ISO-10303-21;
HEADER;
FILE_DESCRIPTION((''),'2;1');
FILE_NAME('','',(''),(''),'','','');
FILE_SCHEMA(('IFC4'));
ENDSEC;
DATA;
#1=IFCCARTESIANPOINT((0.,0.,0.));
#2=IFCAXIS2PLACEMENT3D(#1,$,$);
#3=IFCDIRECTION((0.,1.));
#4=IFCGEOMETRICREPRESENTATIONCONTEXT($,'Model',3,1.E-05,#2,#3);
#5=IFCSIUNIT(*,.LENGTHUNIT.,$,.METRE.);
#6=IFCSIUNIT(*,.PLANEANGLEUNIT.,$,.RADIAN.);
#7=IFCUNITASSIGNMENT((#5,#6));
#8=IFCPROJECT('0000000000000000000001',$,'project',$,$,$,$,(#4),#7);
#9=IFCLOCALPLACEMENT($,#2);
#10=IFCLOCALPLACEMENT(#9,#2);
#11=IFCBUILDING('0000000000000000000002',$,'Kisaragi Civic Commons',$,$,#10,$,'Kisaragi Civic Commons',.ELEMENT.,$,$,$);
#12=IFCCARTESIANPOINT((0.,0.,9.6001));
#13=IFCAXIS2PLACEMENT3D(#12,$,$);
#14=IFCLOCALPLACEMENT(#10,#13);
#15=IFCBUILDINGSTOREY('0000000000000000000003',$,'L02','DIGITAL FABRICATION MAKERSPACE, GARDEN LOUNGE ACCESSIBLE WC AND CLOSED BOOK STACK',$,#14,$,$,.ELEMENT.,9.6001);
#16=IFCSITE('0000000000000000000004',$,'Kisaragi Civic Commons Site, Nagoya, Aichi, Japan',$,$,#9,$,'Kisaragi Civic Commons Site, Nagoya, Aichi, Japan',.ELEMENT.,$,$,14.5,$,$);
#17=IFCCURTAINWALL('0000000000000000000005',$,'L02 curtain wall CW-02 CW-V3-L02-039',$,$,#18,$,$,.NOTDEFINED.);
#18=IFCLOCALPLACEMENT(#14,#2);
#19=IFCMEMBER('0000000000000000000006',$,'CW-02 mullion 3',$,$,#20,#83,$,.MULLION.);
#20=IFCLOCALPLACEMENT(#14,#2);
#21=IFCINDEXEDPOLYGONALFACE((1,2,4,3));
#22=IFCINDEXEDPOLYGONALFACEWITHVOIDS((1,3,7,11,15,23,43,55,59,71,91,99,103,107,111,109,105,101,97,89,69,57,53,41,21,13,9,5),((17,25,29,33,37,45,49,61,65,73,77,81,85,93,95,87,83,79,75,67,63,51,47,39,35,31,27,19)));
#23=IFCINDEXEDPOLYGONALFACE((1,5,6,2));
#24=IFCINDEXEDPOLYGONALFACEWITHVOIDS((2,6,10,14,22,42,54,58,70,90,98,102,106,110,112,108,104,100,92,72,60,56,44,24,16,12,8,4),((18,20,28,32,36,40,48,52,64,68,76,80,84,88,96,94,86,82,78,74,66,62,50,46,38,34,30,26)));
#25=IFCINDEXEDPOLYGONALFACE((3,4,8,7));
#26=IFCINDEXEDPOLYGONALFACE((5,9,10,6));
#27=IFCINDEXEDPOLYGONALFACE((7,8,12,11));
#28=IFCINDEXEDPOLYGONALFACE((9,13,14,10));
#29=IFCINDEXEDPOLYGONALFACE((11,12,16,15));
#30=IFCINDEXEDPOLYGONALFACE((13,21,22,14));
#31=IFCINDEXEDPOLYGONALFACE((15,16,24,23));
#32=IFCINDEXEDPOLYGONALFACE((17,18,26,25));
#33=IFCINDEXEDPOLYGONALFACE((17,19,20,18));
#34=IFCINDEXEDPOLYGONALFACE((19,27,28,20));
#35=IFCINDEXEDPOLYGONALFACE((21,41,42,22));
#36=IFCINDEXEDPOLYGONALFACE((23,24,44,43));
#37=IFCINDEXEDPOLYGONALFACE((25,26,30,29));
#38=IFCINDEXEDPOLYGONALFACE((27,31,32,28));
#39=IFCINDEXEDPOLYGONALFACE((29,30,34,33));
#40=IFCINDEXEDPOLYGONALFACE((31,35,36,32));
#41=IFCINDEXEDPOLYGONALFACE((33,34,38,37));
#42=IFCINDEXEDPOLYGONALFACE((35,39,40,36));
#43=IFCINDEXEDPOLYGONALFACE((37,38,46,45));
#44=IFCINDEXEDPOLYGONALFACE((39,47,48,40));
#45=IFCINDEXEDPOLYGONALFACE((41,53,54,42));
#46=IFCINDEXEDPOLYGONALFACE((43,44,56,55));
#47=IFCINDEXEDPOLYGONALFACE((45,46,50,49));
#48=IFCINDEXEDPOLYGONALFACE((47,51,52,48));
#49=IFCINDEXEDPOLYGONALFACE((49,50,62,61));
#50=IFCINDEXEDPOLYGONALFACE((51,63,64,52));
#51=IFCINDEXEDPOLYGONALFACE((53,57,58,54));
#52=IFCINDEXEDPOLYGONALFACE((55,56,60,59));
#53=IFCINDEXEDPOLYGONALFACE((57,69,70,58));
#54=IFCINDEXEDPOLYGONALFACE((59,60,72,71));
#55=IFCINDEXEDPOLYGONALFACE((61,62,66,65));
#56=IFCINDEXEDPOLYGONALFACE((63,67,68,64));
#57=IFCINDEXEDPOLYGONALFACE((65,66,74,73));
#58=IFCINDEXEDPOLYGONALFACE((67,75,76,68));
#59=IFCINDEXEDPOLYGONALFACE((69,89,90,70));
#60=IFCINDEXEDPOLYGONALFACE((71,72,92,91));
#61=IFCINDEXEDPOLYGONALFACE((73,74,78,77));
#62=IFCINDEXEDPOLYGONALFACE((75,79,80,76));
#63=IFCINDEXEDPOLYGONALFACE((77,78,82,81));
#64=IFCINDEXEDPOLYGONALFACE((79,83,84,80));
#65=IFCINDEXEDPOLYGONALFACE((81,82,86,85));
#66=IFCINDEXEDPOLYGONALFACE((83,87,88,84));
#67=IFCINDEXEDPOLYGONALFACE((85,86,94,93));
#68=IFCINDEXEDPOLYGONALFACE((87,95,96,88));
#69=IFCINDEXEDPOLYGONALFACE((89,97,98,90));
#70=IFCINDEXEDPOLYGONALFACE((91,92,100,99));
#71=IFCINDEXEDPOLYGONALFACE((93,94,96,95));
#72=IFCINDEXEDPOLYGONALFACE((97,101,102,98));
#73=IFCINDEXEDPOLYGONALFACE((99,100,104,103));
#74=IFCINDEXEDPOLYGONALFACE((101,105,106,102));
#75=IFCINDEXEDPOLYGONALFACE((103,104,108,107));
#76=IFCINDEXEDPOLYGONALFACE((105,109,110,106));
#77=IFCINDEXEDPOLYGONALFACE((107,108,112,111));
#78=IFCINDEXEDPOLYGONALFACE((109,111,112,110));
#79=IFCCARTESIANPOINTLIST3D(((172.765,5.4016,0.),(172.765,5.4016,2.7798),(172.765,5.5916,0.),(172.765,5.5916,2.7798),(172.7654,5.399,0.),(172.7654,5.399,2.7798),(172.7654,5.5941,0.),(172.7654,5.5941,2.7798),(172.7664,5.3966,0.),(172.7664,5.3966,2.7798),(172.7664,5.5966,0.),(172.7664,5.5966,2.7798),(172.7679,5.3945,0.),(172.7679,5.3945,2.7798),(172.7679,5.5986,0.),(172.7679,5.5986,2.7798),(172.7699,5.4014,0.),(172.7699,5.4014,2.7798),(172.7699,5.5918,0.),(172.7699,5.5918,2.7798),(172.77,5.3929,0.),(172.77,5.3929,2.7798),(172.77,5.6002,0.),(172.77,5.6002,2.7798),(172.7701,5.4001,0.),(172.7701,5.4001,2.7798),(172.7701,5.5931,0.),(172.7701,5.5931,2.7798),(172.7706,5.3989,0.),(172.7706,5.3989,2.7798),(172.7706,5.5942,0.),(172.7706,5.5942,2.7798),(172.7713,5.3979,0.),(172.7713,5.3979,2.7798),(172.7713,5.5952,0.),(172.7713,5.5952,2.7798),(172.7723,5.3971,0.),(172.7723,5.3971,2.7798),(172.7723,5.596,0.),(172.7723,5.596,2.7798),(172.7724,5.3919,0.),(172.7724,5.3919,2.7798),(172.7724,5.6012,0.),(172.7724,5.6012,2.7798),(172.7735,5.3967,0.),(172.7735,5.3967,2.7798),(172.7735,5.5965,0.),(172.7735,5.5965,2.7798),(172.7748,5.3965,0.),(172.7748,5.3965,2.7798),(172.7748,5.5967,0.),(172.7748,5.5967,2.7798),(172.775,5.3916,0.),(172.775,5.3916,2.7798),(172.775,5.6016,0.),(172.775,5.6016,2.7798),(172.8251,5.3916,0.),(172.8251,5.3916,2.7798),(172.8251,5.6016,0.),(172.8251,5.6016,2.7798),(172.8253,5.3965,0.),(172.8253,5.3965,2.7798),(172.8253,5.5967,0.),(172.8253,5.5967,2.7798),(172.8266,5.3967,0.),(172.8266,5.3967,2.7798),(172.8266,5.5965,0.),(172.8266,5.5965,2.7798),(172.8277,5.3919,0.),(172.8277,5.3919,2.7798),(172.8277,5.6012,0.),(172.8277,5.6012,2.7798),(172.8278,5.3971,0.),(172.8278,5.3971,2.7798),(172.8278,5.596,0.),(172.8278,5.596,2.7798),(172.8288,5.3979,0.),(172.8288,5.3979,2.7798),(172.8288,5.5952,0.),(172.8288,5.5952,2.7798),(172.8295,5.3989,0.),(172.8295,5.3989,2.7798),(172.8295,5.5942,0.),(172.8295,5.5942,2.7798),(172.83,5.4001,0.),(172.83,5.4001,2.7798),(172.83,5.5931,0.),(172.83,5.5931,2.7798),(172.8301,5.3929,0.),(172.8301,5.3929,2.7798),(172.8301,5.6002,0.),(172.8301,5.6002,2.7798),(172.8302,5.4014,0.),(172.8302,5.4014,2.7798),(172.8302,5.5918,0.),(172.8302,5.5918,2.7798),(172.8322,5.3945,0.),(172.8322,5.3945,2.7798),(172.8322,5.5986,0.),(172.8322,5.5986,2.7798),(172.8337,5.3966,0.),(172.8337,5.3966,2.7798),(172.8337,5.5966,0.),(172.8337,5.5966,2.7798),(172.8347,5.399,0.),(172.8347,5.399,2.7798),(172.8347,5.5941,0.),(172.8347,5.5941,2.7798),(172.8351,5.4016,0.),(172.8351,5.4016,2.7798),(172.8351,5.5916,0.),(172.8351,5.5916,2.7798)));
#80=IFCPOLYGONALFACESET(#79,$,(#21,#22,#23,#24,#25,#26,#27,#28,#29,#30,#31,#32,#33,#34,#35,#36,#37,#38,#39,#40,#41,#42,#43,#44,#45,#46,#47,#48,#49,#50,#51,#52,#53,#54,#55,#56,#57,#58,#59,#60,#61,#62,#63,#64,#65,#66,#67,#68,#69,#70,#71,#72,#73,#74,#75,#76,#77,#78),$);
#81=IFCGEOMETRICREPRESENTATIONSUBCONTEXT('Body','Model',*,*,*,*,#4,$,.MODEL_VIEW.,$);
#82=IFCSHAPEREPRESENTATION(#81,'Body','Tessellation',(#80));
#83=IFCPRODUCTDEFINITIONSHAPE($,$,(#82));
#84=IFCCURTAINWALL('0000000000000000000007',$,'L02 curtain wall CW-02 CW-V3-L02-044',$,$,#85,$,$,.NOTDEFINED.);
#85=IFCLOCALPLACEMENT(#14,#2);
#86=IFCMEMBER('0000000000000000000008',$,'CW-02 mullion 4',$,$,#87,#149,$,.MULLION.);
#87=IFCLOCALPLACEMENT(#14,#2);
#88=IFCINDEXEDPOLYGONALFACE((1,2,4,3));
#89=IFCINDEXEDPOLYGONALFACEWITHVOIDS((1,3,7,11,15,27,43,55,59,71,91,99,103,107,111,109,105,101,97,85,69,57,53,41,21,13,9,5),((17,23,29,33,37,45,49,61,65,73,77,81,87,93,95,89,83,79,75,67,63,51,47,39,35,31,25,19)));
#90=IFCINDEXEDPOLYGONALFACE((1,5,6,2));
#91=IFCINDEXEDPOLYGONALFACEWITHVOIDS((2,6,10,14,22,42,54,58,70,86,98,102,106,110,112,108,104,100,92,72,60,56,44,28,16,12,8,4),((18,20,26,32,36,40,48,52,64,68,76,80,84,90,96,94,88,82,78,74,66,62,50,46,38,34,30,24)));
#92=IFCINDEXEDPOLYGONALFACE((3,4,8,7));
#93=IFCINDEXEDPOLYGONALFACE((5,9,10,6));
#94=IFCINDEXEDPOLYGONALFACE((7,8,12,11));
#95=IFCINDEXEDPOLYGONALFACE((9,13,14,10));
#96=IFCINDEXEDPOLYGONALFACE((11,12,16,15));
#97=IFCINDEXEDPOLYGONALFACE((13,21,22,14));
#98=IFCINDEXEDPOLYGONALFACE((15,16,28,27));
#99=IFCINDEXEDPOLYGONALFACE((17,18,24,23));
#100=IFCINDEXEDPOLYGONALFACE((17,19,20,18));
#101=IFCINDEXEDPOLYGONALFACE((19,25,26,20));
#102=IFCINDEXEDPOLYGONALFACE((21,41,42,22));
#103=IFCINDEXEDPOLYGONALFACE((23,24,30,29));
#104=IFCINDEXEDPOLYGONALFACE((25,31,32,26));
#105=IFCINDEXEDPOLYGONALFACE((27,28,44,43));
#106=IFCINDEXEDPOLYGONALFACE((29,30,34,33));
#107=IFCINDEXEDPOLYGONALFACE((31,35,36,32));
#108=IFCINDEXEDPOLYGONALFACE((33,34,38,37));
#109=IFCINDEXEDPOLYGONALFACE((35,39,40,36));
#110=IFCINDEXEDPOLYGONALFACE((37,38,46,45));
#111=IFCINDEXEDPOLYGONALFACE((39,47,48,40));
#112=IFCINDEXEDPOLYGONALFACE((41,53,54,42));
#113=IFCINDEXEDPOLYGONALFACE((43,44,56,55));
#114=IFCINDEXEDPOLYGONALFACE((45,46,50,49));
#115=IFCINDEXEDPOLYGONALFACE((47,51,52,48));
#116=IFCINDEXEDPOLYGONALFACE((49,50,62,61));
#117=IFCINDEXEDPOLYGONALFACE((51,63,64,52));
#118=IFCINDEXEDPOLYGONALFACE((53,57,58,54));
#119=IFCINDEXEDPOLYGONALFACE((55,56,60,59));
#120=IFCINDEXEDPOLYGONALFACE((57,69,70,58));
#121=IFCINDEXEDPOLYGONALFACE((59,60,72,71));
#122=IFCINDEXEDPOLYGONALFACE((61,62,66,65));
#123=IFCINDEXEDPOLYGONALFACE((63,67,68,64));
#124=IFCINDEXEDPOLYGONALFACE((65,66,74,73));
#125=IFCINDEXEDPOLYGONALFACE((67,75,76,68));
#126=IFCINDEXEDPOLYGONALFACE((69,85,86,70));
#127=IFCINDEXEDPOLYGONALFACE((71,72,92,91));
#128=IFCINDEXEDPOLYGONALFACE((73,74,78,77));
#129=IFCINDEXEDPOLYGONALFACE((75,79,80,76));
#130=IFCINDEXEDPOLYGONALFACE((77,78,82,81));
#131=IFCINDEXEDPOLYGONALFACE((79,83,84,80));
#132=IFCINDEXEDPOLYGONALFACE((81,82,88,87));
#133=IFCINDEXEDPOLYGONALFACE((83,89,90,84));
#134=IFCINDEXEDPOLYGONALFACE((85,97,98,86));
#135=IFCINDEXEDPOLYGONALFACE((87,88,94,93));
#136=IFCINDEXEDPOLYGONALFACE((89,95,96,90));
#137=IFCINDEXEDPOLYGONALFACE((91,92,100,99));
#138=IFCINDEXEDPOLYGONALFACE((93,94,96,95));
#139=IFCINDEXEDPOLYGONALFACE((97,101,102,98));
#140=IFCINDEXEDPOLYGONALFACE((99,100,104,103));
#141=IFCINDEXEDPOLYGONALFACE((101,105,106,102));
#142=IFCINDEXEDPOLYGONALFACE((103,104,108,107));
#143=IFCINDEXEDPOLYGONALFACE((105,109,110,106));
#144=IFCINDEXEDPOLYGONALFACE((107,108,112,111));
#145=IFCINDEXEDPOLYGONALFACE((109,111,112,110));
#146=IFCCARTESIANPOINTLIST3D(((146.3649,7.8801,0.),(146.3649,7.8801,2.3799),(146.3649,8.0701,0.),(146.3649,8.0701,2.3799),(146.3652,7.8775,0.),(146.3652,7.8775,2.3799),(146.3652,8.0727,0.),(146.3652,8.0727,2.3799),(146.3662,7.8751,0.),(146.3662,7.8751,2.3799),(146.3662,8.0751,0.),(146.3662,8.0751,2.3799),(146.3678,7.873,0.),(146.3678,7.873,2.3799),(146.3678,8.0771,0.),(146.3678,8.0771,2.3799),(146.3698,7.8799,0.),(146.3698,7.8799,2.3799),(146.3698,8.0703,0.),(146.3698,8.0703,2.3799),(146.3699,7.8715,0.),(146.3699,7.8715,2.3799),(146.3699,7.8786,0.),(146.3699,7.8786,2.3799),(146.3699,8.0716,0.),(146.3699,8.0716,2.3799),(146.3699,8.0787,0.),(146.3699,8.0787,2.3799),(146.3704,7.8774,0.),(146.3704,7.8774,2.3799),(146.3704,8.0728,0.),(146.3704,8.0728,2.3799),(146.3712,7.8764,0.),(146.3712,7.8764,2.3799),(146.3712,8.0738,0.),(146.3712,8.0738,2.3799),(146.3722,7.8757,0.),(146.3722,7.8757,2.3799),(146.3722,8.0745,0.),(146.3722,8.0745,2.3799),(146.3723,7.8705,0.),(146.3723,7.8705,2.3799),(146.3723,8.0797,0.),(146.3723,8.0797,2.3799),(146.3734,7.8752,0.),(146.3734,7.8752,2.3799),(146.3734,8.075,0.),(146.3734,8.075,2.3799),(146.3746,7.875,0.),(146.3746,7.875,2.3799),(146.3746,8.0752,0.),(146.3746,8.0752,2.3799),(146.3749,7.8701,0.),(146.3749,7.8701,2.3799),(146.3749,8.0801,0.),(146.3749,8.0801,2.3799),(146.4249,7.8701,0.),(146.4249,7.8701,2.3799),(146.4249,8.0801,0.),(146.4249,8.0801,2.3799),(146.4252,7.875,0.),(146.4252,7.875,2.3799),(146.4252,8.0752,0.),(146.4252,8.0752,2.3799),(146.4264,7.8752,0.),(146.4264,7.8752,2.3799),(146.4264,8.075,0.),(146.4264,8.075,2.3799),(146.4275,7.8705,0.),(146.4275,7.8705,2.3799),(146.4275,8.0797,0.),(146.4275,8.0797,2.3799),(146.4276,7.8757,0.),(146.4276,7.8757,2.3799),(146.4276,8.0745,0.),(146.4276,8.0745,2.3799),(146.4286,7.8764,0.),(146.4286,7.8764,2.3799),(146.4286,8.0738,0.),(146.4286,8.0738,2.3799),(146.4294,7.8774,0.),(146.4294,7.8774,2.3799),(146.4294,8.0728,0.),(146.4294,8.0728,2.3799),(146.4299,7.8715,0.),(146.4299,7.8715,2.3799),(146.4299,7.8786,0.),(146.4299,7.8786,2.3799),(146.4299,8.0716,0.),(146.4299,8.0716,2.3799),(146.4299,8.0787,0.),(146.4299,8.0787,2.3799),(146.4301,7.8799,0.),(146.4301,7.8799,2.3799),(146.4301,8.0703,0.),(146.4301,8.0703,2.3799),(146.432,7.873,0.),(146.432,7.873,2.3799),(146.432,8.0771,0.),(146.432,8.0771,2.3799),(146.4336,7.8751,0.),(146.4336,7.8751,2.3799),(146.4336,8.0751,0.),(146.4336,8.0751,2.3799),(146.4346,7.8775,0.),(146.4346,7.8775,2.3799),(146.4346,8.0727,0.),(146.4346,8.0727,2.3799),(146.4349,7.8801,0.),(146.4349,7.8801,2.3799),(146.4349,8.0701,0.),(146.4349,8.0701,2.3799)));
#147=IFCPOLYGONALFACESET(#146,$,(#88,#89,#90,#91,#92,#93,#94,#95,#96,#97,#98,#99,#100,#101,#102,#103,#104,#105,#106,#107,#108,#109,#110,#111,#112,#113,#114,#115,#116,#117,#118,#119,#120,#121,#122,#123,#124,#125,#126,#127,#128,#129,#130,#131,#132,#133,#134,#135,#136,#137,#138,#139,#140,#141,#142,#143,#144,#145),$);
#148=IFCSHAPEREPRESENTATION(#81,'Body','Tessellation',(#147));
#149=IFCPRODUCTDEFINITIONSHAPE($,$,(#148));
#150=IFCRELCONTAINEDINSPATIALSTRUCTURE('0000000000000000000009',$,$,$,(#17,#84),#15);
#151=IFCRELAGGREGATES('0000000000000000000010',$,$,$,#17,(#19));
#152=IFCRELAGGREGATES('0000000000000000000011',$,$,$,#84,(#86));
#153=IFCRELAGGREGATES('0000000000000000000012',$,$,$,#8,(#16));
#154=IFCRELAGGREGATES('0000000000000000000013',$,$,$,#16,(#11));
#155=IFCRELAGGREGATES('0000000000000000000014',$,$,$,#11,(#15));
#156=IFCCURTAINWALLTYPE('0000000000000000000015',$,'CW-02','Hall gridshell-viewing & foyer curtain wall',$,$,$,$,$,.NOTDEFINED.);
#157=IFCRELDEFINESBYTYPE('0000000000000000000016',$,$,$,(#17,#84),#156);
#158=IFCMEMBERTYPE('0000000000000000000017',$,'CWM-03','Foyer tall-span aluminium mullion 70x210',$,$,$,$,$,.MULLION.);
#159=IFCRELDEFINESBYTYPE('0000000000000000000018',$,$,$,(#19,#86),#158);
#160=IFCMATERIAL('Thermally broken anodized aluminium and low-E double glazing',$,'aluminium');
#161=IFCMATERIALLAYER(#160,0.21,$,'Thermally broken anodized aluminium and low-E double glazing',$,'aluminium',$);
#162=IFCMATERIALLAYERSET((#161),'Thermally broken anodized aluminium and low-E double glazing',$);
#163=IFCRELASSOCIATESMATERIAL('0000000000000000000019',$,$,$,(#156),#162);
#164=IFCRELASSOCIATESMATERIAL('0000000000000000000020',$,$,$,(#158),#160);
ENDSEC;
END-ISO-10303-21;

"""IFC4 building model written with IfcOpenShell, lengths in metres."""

from ifc_helpers import new_model, si_unit, direction, frame, origin, origin_2d, place, context, subcontext, project, spatial, hollow_rectangle, extrude, material, layer, layer_set, material_profile, profile_set, type_object, element, aggregate, save


model = new_model("IFC4")

# Units and contexts
model_context = context("Model", 3, precision=1e-05, world=origin(), true_north=direction((0.0, 1.0)))
body_context = subcontext(model_context, "Body", "Model", "MODEL_VIEW")
ifc_project = project(units=[si_unit("LENGTHUNIT", "METRE"), si_unit("PLANEANGLEUNIT", "RADIAN")], contexts=[model_context])

# Site, building, storey
site_placement = place(None, origin())
site = spatial("IfcSite", under=ifc_project, at=site_placement, Name="Kisaragi Civic Commons Site, Nagoya, Aichi, Japan", LongName="Kisaragi Civic Commons Site, Nagoya, Aichi, Japan", CompositionType="ELEMENT", RefElevation=14.5)
building_placement = place(site_placement, origin())
building = spatial("IfcBuilding", under=site, at=building_placement, Name="Kisaragi Civic Commons", LongName="Kisaragi Civic Commons", CompositionType="ELEMENT")
storey_placement = place(building_placement, frame((0.0, 0.0, 9.6001)))
storey = spatial("IfcBuildingStorey", under=building, at=storey_placement, Name="L02", Description="DIGITAL FABRICATION MAKERSPACE, GARDEN LOUNGE ACCESSIBLE WC AND CLOSED BOOK STACK", CompositionType="ELEMENT", Elevation=9.6001)

# Curtain wall, member
ifc_material_1 = material(Name="Thermally broken anodized aluminium and low-E double glazing", Category="aluminium")
ifc_layer_1 = layer(ifc_material_1, 0.21, Name="Thermally broken anodized aluminium and low-E double glazing", Category="aluminium")
ifc_layer_set_1 = layer_set([ifc_layer_1], Name="Thermally broken anodized aluminium and low-E double glazing")
curtain_wall_type = type_object("IfcCurtainWallType", Name="CW-02", Description="Hall gridshell-viewing & foyer curtain wall", PredefinedType="NOTDEFINED", material=ifc_layer_set_1)
curtain_wall_1_placement = place(storey_placement, origin())
curtain_wall_1 = element("IfcCurtainWall", 1, at=curtain_wall_1_placement, inside=storey, type_object=curtain_wall_type, Name="L02 curtain wall CW-02 CW-V3-L02-039", PredefinedType="NOTDEFINED")
ifc_material_profile_1 = material_profile(ifc_material_1, hollow_rectangle(XDim=0.0701, YDim=0.21, WallThickness=0.0049, InnerFilletRadius=0.0049, OuterFilletRadius=0.01, at=origin_2d()), Name="CWM-70x210x5", Category="aluminium")
ifc_profile_set_1 = profile_set([ifc_material_profile_1], Name="Thermally broken anodized aluminium and low-E double glazing")
member_type_1 = type_object("IfcMemberType", Name="CWM-03", Description="Foyer tall-span aluminium mullion 70x210", PredefinedType="MULLION", material=ifc_profile_set_1)
member_1_placement = place(storey_placement, frame((172.8, 5.4966, 0.0), z_axis=(0.0, 0.0, 1.0), x_axis=(1.0, 0.0, 0.0)))
member_1 = element("IfcMember", 2, at=member_1_placement, type_object=member_type_1, Name="CW-02 mullion 3", PredefinedType="MULLION", context=body_context, shape_type="SweptSolid", body=[
    extrude(hollow_rectangle(XDim=0.0701, YDim=0.21, WallThickness=0.0049, InnerFilletRadius=0.0049, OuterFilletRadius=0.01, at=origin_2d()), origin(), (0.0, 0.0, 1.0), 2.7798),
])

# Curtain wall, member
curtain_wall_2_placement = place(storey_placement, origin())
curtain_wall_2 = element("IfcCurtainWall", 3, at=curtain_wall_2_placement, inside=storey, type_object=curtain_wall_type, Name="L02 curtain wall CW-02 CW-V3-L02-044", PredefinedType="NOTDEFINED")
member_2_placement = place(storey_placement, frame((146.3999, 7.9751, 0.0), z_axis=(0.0, 0.0, 1.0), x_axis=(-1.0, 0.0, 0.0)))
member_2 = element("IfcMember", 4, at=member_2_placement, type_object=member_type_1, Name="CW-02 mullion 4", PredefinedType="MULLION", context=body_context, shape_type="SweptSolid", body=[
    extrude(hollow_rectangle(XDim=0.0701, YDim=0.21, WallThickness=0.0049, InnerFilletRadius=0.0049, OuterFilletRadius=0.01, at=origin_2d()), origin(), (0.0, 0.0, 1.0), 2.3799),
])

aggregate(curtain_wall_1, [member_1])
aggregate(curtain_wall_2, [member_2])

save(model, "model.ifc")
